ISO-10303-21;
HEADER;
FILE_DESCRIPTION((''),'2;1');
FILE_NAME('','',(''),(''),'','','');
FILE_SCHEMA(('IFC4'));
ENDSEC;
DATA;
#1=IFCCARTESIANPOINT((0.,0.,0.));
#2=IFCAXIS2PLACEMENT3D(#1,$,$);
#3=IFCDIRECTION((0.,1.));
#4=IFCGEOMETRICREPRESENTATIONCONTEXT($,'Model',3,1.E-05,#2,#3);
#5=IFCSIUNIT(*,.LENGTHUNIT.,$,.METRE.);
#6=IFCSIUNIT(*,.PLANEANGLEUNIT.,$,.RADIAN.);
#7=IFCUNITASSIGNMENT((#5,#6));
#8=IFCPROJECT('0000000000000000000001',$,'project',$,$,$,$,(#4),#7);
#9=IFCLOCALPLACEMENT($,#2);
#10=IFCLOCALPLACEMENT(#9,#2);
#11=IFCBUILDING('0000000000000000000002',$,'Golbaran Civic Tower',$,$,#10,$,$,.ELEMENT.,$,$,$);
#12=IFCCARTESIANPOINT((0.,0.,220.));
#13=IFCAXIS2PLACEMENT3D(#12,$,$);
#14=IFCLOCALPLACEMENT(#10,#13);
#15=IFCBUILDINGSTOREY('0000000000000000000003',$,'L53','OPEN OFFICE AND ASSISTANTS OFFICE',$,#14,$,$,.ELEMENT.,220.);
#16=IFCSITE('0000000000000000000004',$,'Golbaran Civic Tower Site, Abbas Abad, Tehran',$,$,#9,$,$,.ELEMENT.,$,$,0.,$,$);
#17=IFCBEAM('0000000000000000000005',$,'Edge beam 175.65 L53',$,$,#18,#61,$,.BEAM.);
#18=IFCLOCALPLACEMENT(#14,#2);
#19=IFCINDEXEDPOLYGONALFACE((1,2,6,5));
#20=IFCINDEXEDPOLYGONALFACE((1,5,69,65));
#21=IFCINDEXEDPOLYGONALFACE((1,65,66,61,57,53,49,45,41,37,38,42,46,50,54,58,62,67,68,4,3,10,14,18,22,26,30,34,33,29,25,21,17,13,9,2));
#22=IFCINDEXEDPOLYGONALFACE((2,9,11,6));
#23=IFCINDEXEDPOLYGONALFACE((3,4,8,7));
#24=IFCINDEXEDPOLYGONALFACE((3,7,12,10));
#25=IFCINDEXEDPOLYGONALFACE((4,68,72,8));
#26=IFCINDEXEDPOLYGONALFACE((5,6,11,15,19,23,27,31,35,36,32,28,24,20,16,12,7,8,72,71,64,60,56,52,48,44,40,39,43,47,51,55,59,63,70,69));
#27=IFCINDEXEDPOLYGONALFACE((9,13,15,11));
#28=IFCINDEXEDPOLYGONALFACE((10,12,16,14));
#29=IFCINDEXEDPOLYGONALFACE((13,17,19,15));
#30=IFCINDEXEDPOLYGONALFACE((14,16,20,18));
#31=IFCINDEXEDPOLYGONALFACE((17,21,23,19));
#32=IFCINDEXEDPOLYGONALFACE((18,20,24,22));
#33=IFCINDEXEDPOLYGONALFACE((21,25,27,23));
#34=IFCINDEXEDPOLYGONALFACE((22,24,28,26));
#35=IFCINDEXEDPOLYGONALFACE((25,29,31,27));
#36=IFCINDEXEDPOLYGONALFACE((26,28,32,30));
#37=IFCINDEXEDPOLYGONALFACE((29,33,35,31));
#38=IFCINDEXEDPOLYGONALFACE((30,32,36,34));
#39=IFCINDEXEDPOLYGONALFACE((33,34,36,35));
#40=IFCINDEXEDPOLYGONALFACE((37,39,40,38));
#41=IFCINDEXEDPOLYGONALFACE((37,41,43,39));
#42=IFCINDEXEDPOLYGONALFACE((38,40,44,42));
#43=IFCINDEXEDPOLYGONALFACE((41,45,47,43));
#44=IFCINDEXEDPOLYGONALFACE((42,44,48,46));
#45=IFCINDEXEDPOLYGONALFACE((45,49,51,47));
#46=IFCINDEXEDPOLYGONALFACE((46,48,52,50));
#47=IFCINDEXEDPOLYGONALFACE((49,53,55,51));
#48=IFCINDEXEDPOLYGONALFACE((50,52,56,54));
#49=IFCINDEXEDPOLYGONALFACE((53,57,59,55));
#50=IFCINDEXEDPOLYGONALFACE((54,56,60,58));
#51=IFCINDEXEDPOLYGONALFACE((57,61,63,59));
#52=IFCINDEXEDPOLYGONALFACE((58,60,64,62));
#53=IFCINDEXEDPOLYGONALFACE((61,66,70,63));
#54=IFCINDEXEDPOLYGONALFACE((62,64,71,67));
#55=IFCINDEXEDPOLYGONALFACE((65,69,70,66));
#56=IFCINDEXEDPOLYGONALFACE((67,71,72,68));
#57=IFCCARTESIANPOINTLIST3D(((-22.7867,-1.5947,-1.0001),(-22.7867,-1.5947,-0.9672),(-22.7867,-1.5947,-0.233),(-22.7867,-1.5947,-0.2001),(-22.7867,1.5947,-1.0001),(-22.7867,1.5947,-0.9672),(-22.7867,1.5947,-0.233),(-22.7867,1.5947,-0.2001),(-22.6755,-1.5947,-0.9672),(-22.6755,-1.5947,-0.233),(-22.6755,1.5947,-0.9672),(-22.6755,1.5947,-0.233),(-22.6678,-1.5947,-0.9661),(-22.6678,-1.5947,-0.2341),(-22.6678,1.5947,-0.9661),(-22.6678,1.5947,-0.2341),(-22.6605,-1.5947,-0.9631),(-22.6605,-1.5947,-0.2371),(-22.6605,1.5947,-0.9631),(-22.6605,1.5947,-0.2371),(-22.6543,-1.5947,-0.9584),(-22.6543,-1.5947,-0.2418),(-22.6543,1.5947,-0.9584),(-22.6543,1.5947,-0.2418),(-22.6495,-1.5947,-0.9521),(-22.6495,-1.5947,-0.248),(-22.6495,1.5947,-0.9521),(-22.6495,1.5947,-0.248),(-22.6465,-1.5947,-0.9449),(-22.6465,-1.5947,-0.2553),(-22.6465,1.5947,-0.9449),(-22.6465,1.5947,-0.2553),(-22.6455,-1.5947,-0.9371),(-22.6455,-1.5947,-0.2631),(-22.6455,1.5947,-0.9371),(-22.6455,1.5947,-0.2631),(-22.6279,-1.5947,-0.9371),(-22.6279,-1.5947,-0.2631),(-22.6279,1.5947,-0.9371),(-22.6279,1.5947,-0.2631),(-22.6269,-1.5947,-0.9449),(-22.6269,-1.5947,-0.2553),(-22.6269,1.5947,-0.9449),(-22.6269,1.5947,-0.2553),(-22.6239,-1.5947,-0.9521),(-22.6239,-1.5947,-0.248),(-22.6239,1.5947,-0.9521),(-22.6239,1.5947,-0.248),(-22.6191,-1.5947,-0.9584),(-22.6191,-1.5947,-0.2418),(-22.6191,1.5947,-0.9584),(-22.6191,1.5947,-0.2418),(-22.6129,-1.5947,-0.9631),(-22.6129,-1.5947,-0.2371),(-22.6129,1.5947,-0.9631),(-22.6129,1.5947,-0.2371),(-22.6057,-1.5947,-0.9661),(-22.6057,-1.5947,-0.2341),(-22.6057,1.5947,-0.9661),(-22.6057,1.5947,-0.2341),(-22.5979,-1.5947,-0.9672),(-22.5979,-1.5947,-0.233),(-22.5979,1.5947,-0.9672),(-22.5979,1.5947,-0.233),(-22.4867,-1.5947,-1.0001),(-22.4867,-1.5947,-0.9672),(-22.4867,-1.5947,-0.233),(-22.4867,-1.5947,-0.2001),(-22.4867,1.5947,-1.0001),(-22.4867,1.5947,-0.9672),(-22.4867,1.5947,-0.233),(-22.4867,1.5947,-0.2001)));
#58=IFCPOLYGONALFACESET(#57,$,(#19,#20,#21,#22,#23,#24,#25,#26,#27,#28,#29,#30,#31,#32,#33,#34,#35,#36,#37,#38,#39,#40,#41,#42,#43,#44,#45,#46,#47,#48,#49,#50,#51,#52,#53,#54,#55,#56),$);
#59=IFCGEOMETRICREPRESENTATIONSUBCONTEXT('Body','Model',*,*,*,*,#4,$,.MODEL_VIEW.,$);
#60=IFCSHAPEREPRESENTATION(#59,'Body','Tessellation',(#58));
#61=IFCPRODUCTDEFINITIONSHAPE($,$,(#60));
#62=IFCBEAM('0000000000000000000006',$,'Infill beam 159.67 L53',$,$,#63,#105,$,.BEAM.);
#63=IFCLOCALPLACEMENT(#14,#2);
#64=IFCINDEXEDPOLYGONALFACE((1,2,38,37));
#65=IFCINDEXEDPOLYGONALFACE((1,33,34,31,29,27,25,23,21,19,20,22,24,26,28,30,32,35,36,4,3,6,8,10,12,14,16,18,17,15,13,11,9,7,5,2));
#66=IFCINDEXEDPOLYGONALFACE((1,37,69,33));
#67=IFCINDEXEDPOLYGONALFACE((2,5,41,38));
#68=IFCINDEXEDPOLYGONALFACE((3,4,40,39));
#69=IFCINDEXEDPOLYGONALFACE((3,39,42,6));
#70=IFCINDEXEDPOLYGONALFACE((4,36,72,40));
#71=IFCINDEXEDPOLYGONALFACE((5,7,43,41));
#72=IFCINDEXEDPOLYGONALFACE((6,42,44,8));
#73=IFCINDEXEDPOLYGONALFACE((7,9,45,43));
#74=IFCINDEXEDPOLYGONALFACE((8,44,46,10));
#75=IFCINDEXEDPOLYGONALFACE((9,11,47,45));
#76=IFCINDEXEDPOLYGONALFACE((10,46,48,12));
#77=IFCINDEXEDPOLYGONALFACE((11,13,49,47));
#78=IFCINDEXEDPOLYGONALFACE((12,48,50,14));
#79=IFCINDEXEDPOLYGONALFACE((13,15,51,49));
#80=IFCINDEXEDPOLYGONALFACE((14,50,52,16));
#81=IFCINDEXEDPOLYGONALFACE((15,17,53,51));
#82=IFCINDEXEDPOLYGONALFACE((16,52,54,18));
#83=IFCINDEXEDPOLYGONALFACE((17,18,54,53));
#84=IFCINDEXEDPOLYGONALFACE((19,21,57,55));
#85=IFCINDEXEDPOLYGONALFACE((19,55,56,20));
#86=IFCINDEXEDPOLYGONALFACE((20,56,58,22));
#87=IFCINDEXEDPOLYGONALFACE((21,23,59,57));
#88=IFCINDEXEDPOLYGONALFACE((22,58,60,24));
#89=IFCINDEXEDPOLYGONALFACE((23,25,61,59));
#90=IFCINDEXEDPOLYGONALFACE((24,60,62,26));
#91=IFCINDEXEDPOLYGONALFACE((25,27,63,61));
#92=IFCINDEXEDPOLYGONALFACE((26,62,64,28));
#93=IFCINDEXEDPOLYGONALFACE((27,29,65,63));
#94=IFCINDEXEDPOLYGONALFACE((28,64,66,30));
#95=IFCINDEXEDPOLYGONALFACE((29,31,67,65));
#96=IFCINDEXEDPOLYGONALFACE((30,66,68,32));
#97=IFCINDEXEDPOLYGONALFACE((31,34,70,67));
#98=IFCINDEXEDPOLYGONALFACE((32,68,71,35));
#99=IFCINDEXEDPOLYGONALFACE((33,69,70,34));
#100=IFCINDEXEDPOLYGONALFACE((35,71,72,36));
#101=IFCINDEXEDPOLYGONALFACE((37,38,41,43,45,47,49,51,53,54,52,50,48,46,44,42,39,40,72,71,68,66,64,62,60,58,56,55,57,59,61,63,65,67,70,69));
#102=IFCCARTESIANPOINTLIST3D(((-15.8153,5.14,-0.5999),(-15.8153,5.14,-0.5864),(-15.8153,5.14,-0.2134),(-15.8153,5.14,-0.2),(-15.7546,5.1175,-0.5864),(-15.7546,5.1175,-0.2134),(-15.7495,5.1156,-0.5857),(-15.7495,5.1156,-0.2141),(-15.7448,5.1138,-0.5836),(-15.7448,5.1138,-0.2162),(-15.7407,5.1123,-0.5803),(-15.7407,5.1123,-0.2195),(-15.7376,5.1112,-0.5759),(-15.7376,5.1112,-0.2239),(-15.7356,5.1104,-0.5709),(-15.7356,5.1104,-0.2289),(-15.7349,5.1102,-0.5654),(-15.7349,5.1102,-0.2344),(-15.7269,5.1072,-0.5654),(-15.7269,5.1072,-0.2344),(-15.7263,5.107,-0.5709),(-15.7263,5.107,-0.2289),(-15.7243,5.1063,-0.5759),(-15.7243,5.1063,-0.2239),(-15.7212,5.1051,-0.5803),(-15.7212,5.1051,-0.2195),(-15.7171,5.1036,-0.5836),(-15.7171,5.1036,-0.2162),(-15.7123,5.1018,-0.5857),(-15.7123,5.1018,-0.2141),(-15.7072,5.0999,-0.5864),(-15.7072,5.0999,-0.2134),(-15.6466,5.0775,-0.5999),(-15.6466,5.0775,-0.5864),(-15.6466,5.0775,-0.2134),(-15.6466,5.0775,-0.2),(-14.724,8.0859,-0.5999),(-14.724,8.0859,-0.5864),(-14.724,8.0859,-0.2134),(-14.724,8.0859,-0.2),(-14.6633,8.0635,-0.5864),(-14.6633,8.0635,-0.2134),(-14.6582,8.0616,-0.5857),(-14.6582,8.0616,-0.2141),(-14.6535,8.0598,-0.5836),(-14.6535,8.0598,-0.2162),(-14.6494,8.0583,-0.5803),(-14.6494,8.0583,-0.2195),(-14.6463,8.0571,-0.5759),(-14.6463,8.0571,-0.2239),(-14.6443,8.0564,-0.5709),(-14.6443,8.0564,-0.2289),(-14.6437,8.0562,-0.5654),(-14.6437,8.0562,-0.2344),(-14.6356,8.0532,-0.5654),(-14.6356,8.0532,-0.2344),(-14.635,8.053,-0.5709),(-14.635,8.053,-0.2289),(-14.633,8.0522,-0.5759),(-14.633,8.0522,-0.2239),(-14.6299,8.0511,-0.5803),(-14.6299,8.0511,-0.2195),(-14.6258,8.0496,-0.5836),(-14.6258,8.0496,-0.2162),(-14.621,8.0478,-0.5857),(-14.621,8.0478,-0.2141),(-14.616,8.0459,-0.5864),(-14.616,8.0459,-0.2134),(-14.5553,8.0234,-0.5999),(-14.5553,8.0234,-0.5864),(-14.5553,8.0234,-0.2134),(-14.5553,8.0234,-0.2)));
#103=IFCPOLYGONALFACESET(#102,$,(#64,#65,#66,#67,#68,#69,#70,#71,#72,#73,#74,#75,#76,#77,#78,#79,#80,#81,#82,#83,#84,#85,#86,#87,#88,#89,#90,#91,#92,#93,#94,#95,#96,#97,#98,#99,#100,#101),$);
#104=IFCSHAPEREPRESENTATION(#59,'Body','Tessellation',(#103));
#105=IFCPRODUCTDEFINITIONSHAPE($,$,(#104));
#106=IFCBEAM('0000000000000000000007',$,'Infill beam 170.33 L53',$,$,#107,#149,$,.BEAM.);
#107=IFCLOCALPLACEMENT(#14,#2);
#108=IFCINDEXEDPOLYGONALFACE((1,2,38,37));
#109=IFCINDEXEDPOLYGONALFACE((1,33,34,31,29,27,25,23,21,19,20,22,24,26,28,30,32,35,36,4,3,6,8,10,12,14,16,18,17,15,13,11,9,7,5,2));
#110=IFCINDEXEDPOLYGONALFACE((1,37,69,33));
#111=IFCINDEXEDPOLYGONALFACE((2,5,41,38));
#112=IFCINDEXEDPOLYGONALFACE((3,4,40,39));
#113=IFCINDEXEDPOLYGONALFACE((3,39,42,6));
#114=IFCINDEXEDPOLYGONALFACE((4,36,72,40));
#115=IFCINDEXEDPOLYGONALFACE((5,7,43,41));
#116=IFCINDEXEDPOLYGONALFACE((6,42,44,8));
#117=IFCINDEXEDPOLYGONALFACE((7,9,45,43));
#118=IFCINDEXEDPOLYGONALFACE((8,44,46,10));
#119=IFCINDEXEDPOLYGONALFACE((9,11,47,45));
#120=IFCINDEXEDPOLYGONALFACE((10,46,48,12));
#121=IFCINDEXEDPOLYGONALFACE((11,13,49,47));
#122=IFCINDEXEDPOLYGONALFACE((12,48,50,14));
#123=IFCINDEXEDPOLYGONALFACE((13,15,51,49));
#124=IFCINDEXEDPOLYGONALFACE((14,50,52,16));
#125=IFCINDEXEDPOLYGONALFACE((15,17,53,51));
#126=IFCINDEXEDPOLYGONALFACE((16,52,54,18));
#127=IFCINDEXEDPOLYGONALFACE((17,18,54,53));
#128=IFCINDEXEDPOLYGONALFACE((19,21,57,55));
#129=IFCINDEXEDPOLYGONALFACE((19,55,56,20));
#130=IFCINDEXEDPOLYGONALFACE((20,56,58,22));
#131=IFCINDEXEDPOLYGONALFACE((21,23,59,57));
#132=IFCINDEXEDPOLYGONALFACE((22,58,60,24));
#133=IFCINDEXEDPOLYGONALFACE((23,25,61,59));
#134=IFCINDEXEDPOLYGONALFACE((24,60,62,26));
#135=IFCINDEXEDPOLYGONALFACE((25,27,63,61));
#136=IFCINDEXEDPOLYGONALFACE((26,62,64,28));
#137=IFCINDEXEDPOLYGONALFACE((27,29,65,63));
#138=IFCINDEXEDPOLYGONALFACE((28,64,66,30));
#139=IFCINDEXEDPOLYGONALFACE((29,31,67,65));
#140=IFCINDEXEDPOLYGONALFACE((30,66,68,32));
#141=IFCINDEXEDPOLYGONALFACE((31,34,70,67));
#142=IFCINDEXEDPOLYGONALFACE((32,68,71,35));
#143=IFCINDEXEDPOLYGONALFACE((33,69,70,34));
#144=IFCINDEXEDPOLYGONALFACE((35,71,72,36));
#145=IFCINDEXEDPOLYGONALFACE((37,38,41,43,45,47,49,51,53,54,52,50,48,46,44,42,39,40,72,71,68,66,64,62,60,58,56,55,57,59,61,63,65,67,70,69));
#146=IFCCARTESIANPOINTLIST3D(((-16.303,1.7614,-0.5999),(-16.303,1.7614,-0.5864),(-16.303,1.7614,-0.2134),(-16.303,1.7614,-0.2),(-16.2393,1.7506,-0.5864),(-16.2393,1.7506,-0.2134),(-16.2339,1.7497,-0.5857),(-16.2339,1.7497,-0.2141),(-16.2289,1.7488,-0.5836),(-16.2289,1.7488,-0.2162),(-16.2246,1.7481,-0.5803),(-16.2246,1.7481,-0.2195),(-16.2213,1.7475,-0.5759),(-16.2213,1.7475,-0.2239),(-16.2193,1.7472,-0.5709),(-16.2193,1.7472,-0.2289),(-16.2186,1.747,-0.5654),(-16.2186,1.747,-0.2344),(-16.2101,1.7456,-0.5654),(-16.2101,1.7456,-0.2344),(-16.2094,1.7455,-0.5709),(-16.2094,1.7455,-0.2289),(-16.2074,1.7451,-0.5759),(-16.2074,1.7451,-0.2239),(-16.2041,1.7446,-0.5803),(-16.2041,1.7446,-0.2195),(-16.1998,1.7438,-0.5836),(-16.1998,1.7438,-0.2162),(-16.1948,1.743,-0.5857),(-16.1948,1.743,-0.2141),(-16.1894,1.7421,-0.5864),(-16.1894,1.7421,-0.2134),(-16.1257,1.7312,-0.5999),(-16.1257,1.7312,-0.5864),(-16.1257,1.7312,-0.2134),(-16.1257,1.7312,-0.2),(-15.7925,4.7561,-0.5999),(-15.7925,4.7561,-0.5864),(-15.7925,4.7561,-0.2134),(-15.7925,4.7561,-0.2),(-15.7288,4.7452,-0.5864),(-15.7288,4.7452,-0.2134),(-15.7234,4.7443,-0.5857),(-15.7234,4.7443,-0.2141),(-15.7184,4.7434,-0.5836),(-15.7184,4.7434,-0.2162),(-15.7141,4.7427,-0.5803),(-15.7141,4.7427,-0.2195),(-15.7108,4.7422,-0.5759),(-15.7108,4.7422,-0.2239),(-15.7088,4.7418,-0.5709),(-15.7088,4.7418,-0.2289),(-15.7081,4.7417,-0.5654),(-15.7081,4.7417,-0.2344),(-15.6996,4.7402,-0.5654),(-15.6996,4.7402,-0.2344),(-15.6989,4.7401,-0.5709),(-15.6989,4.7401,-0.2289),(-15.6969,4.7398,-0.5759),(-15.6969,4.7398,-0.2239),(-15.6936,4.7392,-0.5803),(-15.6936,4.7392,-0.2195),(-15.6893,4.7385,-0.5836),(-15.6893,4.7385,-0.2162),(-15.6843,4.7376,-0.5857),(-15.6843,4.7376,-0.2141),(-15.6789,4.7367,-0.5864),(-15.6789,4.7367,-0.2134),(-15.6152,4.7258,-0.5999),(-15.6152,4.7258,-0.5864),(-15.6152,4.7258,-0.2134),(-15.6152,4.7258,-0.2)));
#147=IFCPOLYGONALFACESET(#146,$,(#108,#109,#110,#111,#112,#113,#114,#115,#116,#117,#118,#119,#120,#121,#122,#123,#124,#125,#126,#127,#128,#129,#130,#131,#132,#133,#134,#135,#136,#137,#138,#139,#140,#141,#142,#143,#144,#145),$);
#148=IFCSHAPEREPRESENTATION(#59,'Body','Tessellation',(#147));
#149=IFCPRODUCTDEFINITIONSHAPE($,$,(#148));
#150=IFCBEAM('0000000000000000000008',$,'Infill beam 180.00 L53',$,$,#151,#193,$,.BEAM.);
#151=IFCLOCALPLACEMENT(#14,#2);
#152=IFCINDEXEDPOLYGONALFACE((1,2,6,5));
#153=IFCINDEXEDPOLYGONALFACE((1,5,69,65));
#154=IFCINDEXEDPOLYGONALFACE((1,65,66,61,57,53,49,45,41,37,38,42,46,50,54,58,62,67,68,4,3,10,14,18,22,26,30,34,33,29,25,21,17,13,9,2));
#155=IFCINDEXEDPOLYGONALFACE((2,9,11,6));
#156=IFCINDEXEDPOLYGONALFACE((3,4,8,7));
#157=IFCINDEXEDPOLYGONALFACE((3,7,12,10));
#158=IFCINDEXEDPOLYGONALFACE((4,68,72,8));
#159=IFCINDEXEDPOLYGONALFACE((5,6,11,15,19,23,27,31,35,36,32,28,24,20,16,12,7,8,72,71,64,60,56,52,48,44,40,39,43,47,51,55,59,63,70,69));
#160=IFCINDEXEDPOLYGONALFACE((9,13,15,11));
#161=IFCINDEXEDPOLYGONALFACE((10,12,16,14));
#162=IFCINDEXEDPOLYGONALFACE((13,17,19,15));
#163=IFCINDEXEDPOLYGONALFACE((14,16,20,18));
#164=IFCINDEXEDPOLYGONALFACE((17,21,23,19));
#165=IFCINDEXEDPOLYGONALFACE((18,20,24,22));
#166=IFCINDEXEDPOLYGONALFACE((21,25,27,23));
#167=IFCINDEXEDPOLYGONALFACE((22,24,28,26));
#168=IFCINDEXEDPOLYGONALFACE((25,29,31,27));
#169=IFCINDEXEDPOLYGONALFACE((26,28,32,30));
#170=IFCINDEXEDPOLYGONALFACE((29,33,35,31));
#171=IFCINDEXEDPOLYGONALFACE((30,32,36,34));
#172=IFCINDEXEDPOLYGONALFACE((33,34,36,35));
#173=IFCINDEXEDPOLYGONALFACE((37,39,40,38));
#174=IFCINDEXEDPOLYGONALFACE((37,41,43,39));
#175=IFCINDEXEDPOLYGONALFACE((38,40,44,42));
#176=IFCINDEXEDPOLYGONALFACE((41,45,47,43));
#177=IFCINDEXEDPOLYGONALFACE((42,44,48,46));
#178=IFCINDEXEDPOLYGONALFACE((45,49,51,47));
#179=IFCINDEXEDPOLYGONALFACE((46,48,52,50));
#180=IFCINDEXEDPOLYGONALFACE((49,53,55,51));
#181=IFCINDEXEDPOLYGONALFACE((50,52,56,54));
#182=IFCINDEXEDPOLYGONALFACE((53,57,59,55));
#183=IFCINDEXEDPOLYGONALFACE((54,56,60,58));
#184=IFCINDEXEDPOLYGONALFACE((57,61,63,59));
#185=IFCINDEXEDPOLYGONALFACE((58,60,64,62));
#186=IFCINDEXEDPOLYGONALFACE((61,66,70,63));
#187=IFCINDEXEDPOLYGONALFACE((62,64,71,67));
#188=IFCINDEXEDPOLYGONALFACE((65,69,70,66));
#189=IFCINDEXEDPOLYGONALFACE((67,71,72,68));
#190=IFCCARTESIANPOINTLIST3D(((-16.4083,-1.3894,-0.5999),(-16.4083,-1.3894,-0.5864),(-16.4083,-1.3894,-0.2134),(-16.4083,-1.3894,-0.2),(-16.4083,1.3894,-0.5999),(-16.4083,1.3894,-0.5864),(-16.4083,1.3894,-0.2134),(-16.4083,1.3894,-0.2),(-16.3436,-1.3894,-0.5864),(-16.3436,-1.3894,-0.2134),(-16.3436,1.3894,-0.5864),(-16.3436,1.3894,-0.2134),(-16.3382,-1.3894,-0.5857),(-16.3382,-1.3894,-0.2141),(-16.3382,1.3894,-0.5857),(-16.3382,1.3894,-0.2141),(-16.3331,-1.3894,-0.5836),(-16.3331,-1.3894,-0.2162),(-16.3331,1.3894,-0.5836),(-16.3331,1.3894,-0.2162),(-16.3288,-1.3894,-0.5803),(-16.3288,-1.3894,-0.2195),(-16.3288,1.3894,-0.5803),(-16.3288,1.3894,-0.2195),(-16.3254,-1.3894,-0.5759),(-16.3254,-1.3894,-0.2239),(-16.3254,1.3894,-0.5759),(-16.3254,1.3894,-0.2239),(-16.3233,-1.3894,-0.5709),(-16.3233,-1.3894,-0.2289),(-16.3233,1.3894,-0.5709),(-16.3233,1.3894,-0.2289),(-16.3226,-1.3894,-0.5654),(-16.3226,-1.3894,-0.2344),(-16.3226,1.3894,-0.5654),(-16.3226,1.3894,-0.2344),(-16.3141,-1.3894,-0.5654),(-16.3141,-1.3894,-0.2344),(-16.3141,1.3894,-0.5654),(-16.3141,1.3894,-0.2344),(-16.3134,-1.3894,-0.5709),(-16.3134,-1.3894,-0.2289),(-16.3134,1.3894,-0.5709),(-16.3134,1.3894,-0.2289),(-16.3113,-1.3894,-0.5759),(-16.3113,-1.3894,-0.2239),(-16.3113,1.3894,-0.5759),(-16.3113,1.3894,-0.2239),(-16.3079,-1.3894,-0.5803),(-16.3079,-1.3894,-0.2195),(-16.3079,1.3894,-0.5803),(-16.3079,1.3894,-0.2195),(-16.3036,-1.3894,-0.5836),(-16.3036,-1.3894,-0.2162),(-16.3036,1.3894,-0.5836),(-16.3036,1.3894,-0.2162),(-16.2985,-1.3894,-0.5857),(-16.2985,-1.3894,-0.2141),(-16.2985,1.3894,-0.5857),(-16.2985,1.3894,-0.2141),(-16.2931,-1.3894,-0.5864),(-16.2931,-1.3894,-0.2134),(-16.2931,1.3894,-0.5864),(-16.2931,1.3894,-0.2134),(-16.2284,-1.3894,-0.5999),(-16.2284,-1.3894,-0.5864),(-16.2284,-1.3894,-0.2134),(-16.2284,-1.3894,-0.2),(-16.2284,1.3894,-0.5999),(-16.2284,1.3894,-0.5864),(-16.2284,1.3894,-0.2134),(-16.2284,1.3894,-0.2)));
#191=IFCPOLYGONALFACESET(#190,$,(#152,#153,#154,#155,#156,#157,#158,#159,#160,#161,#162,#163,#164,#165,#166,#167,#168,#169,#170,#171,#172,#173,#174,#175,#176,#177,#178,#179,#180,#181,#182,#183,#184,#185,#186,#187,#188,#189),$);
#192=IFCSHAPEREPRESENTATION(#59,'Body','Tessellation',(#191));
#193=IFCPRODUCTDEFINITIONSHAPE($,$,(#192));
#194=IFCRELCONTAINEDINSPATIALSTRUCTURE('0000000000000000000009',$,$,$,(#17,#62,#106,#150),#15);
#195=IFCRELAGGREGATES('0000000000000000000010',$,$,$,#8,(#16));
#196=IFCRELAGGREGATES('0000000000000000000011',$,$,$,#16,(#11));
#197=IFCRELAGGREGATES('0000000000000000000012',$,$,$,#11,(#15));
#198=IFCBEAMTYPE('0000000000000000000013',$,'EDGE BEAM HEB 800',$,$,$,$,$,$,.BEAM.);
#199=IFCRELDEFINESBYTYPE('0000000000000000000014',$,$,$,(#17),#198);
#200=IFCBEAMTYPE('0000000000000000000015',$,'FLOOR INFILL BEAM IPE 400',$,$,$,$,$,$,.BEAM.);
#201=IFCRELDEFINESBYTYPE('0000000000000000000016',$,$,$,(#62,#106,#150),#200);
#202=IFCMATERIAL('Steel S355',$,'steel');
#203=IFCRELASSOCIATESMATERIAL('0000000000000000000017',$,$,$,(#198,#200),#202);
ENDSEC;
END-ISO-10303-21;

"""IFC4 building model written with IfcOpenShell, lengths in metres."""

from ifc_helpers import new_model, si_unit, direction, frame, origin, origin_2d, place, context, subcontext, project, spatial, i_section, extrude, material, material_profile, profile_set, type_object, element, save


model = new_model("IFC4")

# Units and contexts
model_context = context("Model", 3, precision=1e-05, world=origin(), true_north=direction((0.0, 1.0)))
body_context = subcontext(model_context, "Body", "Model", "MODEL_VIEW")
ifc_project = project(units=[si_unit("LENGTHUNIT", "METRE"), si_unit("PLANEANGLEUNIT", "RADIAN")], contexts=[model_context])

# Site, building, storey
site_placement = place(None, origin())
site = spatial("IfcSite", under=ifc_project, at=site_placement, Name="Golbaran Civic Tower Site, Abbas Abad, Tehran", CompositionType="ELEMENT", RefElevation=0.0)
building_placement = place(site_placement, origin())
building = spatial("IfcBuilding", under=site, at=building_placement, Name="Golbaran Civic Tower", CompositionType="ELEMENT")
storey_placement = place(building_placement, frame((0.0, 0.0, 220.0)))
storey = spatial("IfcBuildingStorey", under=building, at=storey_placement, Name="L53", Description="OPEN OFFICE AND ASSISTANTS OFFICE", CompositionType="ELEMENT", Elevation=220.0)

# Beams
ifc_material_1 = material(Name="Steel S355", Category="steel")
ifc_material_profile_1 = material_profile(ifc_material_1, i_section(OverallWidth=0.3, OverallDepth=0.8, WebThickness=0.0176, FlangeThickness=0.033, FilletRadius=0.03, at=origin_2d()), Name="HEB 800")
ifc_profile_set_1 = profile_set([ifc_material_profile_1], Name="Steel S355")
beam_type_1 = type_object("IfcBeamType", Name="EDGE BEAM HEB 800", PredefinedType="BEAM", material=ifc_profile_set_1)
beam_1_placement = place(storey_placement, frame((-22.6367, 1.5947, -0.6001), z_axis=(0.0, -1.0, 0.0), x_axis=(1.0, 0.0, 0.0)))
element("IfcBeam", 1, at=beam_1_placement, inside=storey, type_object=beam_type_1, Name="Edge beam 175.65 L53", PredefinedType="BEAM", context=body_context, shape_type="SweptSolid", body=[
    extrude(i_section(OverallWidth=0.3, OverallDepth=0.8, WebThickness=0.0176, FlangeThickness=0.033, FilletRadius=0.03, at=origin_2d()), origin(), (0.0, 0.0, 1.0), 3.1895),
])
ifc_material_profile_2 = material_profile(ifc_material_1, i_section(OverallWidth=0.1799, OverallDepth=0.3999, WebThickness=0.0085, FlangeThickness=0.0134, FilletRadius=0.021, at=origin_2d()), Name="IPE 400")
ifc_profile_set_2 = profile_set([ifc_material_profile_2], Name="Steel S355")
beam_type_2 = type_object("IfcBeamType", Name="FLOOR INFILL BEAM IPE 400", PredefinedType="BEAM", material=ifc_profile_set_2)
beam_2_placement = place(storey_placement, frame((-14.6396, 8.0547, -0.3999), z_axis=(-0.347365, -0.93773, 0.0), x_axis=(0.93773, -0.347365, 0.0)))
element("IfcBeam", 2, at=beam_2_placement, inside=storey, type_object=beam_type_2, Name="Infill beam 159.67 L53", PredefinedType="BEAM", context=body_context, shape_type="SweptSolid", body=[
    extrude(i_section(OverallWidth=0.1799, OverallDepth=0.3999, WebThickness=0.0085, FlangeThickness=0.0134, FilletRadius=0.021, at=origin_2d()), origin(), (0.0, 0.0, 1.0), 3.1416),
])
beam_3_placement = place(storey_placement, frame((-15.7039, 4.741, -0.3999), z_axis=(-0.168047, -0.985779, 0.0), x_axis=(0.985779, -0.168047, 0.0)))
element("IfcBeam", 3, at=beam_3_placement, inside=storey, type_object=beam_type_2, Name="Infill beam 170.33 L53", PredefinedType="BEAM", context=body_context, shape_type="SweptSolid", body=[
    extrude(i_section(OverallWidth=0.1799, OverallDepth=0.3999, WebThickness=0.0085, FlangeThickness=0.0134, FilletRadius=0.021, at=origin_2d()), origin(), (0.0, 0.0, 1.0), 3.0378),
])
beam_4_placement = place(storey_placement, frame((-16.3184, 1.3894, -0.3999), z_axis=(0.0, -1.0, 0.0), x_axis=(1.0, 0.0, 0.0)))
element("IfcBeam", 4, at=beam_4_placement, inside=storey, type_object=beam_type_2, Name="Infill beam 180.00 L53", PredefinedType="BEAM", context=body_context, shape_type="SweptSolid", body=[
    extrude(i_section(OverallWidth=0.1799, OverallDepth=0.3999, WebThickness=0.0085, FlangeThickness=0.0134, FilletRadius=0.021, at=origin_2d()), origin(), (0.0, 0.0, 1.0), 2.7788),
])

save(model, "model.ifc")
